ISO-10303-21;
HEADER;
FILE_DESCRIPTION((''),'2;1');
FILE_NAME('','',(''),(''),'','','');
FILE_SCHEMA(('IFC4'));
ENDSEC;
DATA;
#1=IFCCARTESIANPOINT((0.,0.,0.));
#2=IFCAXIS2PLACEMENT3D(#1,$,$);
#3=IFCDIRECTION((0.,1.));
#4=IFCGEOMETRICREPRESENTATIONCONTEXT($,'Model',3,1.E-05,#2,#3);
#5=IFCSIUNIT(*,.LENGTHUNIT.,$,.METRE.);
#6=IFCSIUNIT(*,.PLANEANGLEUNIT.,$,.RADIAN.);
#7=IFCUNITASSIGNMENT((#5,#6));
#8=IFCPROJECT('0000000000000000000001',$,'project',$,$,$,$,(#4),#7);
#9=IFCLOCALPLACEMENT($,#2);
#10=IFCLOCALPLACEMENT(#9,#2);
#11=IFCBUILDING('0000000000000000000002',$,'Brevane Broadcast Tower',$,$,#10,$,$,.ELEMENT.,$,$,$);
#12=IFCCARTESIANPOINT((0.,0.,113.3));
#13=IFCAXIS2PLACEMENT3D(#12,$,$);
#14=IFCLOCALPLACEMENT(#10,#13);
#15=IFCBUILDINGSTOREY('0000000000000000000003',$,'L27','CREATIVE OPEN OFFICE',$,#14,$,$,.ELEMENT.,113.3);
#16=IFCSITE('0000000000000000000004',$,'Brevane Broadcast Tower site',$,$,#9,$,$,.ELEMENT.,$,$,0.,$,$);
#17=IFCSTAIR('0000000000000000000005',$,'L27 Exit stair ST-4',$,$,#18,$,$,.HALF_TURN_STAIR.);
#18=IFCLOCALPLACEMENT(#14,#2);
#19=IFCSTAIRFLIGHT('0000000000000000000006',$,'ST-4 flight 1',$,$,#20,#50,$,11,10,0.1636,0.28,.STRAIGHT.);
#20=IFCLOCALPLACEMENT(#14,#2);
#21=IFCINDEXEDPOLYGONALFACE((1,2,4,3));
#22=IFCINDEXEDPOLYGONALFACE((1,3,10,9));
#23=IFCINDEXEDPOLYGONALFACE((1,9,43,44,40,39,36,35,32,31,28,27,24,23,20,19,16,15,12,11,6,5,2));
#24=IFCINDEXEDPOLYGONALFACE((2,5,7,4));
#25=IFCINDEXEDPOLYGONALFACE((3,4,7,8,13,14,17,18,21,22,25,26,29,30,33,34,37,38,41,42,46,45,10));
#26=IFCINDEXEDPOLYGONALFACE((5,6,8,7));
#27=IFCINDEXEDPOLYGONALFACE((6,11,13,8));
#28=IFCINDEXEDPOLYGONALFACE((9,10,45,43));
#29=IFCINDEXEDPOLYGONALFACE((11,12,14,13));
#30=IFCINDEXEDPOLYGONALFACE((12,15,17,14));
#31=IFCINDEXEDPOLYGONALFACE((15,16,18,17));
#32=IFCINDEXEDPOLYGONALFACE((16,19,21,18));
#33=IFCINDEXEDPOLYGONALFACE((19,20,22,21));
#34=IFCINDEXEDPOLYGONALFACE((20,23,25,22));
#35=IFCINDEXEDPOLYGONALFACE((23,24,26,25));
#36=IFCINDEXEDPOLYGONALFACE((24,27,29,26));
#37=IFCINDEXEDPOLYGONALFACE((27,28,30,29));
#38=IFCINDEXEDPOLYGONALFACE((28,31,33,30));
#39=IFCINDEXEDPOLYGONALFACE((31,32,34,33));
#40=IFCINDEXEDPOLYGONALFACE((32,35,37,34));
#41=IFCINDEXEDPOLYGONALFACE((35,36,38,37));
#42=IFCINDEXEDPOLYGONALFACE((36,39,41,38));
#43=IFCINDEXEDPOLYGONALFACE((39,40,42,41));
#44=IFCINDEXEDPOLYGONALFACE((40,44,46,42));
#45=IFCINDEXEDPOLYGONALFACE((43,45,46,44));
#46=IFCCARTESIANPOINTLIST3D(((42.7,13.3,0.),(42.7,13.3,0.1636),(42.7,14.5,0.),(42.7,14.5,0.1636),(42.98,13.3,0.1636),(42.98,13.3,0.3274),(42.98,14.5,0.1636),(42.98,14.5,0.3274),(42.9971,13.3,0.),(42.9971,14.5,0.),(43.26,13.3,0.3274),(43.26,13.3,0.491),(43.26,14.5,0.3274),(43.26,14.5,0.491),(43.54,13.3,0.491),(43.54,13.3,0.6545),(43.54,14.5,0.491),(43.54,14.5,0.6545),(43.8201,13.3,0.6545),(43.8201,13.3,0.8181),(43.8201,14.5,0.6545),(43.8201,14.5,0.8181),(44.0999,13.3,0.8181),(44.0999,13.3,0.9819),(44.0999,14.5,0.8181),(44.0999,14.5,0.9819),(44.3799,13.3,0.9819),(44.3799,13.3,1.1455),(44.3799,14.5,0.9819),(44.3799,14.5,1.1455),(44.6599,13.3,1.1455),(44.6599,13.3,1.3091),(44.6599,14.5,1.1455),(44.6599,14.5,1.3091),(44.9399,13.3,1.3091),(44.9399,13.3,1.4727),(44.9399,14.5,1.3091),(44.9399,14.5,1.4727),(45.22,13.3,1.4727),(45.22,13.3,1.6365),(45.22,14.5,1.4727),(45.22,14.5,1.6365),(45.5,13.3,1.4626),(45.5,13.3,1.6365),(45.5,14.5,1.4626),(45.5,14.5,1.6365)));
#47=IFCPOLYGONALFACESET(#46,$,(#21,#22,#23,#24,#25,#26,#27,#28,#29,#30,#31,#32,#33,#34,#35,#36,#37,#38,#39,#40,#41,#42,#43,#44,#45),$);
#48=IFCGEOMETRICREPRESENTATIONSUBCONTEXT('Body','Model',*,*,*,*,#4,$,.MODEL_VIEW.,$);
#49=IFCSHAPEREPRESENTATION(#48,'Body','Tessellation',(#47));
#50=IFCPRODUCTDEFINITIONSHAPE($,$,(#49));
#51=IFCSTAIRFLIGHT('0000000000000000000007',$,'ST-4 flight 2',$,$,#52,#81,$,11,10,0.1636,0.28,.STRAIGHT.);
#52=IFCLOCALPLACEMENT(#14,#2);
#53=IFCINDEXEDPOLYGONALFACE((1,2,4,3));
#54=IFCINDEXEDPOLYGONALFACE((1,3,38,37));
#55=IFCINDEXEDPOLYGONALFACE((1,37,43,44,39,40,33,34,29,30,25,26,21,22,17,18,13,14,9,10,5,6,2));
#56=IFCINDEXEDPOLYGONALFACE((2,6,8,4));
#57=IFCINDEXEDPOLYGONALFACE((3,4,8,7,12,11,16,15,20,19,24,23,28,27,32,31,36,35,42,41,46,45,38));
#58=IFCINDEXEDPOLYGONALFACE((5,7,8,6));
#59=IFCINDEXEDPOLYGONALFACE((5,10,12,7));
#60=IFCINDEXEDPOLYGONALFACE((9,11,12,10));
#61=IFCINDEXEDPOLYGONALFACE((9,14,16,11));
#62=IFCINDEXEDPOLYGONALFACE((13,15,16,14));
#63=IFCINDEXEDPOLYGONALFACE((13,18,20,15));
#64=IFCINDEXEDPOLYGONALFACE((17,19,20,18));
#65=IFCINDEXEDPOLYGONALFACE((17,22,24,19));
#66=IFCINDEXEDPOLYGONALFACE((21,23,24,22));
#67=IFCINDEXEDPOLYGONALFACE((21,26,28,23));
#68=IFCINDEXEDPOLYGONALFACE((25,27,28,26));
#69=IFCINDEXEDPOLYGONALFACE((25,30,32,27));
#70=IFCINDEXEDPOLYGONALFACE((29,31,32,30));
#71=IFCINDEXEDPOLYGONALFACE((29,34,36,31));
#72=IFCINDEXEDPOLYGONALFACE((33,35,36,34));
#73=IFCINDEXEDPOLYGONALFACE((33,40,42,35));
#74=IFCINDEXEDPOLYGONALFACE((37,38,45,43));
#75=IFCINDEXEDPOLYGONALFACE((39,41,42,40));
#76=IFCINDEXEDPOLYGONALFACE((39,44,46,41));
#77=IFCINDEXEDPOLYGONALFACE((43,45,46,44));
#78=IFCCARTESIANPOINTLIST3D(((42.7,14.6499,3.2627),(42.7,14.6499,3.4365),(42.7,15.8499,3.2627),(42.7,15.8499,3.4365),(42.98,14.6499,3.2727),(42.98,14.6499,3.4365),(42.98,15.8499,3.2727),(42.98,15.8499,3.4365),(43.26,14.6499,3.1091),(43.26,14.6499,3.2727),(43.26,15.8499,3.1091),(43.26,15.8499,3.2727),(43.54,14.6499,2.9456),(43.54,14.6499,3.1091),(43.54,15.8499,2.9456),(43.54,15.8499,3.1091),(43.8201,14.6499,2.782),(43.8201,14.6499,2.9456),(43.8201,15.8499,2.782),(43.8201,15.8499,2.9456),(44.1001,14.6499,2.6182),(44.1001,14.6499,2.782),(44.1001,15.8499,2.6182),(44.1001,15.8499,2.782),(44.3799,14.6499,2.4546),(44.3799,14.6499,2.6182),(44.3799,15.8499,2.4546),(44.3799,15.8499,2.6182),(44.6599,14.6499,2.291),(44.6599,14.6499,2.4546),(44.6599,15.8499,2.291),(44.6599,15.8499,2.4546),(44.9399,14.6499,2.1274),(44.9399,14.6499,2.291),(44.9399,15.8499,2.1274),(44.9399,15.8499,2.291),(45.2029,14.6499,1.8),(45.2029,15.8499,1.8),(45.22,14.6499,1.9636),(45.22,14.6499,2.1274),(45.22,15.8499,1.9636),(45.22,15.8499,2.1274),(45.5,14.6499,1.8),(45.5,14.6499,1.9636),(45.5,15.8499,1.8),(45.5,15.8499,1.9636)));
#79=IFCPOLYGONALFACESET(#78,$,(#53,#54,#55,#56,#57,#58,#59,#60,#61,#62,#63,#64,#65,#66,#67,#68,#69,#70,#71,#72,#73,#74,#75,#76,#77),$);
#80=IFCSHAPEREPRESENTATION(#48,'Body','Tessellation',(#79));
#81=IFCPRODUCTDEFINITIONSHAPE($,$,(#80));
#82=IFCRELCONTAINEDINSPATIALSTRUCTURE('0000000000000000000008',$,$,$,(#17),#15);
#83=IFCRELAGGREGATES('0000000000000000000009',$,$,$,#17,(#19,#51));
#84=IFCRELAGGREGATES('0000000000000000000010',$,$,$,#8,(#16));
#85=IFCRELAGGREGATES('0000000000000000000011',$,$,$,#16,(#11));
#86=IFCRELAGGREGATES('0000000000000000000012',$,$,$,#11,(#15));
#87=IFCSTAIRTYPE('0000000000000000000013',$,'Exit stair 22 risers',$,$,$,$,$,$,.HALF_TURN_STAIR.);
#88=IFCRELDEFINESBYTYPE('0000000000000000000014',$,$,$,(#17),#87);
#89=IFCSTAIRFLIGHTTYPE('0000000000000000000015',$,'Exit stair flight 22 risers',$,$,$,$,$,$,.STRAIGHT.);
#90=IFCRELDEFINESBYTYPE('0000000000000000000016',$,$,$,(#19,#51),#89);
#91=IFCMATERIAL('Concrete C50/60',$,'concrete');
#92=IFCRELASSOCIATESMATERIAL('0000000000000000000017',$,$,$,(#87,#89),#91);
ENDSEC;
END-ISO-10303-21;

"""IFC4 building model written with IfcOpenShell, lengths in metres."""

from ifc_helpers import new_model, si_unit, direction, frame, origin, place, context, subcontext, project, spatial, polyline, outline, extrude, material, type_object, element, aggregate, save


model = new_model("IFC4")

# Units and contexts
model_context = context("Model", 3, precision=1e-05, world=origin(), true_north=direction((0.0, 1.0)))
body_context = subcontext(model_context, "Body", "Model", "MODEL_VIEW")
ifc_project = project(units=[si_unit("LENGTHUNIT", "METRE"), si_unit("PLANEANGLEUNIT", "RADIAN")], contexts=[model_context])

# Site, building, storey
site_placement = place(None, origin())
site = spatial("IfcSite", under=ifc_project, at=site_placement, Name="Brevane Broadcast Tower site", CompositionType="ELEMENT", RefElevation=0.0)
building_placement = place(site_placement, origin())
building = spatial("IfcBuilding", under=site, at=building_placement, Name="Brevane Broadcast Tower", CompositionType="ELEMENT")
storey_placement = place(building_placement, frame((0.0, 0.0, 113.3)))
storey = spatial("IfcBuildingStorey", under=building, at=storey_placement, Name="L27", Description="CREATIVE OPEN OFFICE", CompositionType="ELEMENT", Elevation=113.3)

# Stair, stair flights
ifc_material_1 = material(Name="Concrete C50/60", Category="concrete")
stair_type = type_object("IfcStairType", Name="Exit stair 22 risers", PredefinedType="HALF_TURN_STAIR", material=ifc_material_1)
stair_placement = place(storey_placement, origin())
stair = element("IfcStair", 1, at=stair_placement, inside=storey, type_object=stair_type, Name="L27 Exit stair ST-4", PredefinedType="HALF_TURN_STAIR")
stair_flight_type = type_object("IfcStairFlightType", Name="Exit stair flight 22 risers", PredefinedType="STRAIGHT", material=ifc_material_1)
stair_flight_1_placement = place(storey_placement, frame((42.7, 13.8999, 0.0), z_axis=(0.0, 0.0, 1.0), x_axis=(1.0, 0.0, 0.0)))
stair_flight_1 = element("IfcStairFlight", 2, at=stair_flight_1_placement, type_object=stair_flight_type, Name="ST-4 flight 1", NumberOfRisers=11, NumberOfTreads=10, PredefinedType="STRAIGHT", RiserHeight=0.1636, TreadLength=0.28, context=body_context, shape_type="SweptSolid", body=[
    extrude(outline(polyline([(0.0, 0.0), (0.0, 0.1636), (0.28, 0.1636), (0.28, 0.3274), (0.5601, 0.3274), (0.5601, 0.491), (0.8401, 0.491), (0.8401, 0.6545), (1.1201, 0.6545), (1.1201, 0.8181), (1.3999, 0.8181), (1.3999, 0.9819), (1.6799, 0.9819), (1.6799, 1.1455), (1.96, 1.1455), (1.96, 1.3091), (2.24, 1.3091), (2.24, 1.4727), (2.52, 1.4727), (2.52, 1.6365), (2.8, 1.6365), (2.8, 1.8), (2.8, 1.4626), (0.2971, 0.0), (0.0, 0.0)])), frame((0.0, 0.6001, 0.0), z_axis=(0.0, -1.0, 0.0), x_axis=(1.0, 0.0, 0.0)), (0.0, 0.0, 1.0), 1.2),
])
stair_flight_2_placement = place(storey_placement, frame((45.5, 15.25, 1.8), z_axis=(0.0, 0.0, 1.0), x_axis=(-1.0, 0.0, 0.0)))
stair_flight_2 = element("IfcStairFlight", 3, at=stair_flight_2_placement, type_object=stair_flight_type, Name="ST-4 flight 2", NumberOfRisers=11, NumberOfTreads=10, PredefinedType="STRAIGHT", RiserHeight=0.1636, TreadLength=0.28, context=body_context, shape_type="SweptSolid", body=[
    extrude(outline(polyline([(0.0, 0.0), (0.0, 0.1636), (0.28, 0.1636), (0.28, 0.3274), (0.5601, 0.3274), (0.5601, 0.491), (0.8401, 0.491), (0.8401, 0.6545), (1.1201, 0.6545), (1.1201, 0.8181), (1.3999, 0.8181), (1.3999, 0.9819), (1.6799, 0.9819), (1.6799, 1.1455), (1.96, 1.1455), (1.96, 1.3091), (2.24, 1.3091), (2.24, 1.4727), (2.52, 1.4727), (2.52, 1.6365), (2.8, 1.6365), (2.8, 1.8), (2.8, 1.4626), (0.2971, 0.0), (0.0, 0.0)])), frame((0.0, 0.6001, 0.0), z_axis=(0.0, -1.0, 0.0), x_axis=(1.0, 0.0, 0.0)), (0.0, 0.0, 1.0), 1.2),
])
aggregate(stair, [stair_flight_1, stair_flight_2])

save(model, "model.ifc")
